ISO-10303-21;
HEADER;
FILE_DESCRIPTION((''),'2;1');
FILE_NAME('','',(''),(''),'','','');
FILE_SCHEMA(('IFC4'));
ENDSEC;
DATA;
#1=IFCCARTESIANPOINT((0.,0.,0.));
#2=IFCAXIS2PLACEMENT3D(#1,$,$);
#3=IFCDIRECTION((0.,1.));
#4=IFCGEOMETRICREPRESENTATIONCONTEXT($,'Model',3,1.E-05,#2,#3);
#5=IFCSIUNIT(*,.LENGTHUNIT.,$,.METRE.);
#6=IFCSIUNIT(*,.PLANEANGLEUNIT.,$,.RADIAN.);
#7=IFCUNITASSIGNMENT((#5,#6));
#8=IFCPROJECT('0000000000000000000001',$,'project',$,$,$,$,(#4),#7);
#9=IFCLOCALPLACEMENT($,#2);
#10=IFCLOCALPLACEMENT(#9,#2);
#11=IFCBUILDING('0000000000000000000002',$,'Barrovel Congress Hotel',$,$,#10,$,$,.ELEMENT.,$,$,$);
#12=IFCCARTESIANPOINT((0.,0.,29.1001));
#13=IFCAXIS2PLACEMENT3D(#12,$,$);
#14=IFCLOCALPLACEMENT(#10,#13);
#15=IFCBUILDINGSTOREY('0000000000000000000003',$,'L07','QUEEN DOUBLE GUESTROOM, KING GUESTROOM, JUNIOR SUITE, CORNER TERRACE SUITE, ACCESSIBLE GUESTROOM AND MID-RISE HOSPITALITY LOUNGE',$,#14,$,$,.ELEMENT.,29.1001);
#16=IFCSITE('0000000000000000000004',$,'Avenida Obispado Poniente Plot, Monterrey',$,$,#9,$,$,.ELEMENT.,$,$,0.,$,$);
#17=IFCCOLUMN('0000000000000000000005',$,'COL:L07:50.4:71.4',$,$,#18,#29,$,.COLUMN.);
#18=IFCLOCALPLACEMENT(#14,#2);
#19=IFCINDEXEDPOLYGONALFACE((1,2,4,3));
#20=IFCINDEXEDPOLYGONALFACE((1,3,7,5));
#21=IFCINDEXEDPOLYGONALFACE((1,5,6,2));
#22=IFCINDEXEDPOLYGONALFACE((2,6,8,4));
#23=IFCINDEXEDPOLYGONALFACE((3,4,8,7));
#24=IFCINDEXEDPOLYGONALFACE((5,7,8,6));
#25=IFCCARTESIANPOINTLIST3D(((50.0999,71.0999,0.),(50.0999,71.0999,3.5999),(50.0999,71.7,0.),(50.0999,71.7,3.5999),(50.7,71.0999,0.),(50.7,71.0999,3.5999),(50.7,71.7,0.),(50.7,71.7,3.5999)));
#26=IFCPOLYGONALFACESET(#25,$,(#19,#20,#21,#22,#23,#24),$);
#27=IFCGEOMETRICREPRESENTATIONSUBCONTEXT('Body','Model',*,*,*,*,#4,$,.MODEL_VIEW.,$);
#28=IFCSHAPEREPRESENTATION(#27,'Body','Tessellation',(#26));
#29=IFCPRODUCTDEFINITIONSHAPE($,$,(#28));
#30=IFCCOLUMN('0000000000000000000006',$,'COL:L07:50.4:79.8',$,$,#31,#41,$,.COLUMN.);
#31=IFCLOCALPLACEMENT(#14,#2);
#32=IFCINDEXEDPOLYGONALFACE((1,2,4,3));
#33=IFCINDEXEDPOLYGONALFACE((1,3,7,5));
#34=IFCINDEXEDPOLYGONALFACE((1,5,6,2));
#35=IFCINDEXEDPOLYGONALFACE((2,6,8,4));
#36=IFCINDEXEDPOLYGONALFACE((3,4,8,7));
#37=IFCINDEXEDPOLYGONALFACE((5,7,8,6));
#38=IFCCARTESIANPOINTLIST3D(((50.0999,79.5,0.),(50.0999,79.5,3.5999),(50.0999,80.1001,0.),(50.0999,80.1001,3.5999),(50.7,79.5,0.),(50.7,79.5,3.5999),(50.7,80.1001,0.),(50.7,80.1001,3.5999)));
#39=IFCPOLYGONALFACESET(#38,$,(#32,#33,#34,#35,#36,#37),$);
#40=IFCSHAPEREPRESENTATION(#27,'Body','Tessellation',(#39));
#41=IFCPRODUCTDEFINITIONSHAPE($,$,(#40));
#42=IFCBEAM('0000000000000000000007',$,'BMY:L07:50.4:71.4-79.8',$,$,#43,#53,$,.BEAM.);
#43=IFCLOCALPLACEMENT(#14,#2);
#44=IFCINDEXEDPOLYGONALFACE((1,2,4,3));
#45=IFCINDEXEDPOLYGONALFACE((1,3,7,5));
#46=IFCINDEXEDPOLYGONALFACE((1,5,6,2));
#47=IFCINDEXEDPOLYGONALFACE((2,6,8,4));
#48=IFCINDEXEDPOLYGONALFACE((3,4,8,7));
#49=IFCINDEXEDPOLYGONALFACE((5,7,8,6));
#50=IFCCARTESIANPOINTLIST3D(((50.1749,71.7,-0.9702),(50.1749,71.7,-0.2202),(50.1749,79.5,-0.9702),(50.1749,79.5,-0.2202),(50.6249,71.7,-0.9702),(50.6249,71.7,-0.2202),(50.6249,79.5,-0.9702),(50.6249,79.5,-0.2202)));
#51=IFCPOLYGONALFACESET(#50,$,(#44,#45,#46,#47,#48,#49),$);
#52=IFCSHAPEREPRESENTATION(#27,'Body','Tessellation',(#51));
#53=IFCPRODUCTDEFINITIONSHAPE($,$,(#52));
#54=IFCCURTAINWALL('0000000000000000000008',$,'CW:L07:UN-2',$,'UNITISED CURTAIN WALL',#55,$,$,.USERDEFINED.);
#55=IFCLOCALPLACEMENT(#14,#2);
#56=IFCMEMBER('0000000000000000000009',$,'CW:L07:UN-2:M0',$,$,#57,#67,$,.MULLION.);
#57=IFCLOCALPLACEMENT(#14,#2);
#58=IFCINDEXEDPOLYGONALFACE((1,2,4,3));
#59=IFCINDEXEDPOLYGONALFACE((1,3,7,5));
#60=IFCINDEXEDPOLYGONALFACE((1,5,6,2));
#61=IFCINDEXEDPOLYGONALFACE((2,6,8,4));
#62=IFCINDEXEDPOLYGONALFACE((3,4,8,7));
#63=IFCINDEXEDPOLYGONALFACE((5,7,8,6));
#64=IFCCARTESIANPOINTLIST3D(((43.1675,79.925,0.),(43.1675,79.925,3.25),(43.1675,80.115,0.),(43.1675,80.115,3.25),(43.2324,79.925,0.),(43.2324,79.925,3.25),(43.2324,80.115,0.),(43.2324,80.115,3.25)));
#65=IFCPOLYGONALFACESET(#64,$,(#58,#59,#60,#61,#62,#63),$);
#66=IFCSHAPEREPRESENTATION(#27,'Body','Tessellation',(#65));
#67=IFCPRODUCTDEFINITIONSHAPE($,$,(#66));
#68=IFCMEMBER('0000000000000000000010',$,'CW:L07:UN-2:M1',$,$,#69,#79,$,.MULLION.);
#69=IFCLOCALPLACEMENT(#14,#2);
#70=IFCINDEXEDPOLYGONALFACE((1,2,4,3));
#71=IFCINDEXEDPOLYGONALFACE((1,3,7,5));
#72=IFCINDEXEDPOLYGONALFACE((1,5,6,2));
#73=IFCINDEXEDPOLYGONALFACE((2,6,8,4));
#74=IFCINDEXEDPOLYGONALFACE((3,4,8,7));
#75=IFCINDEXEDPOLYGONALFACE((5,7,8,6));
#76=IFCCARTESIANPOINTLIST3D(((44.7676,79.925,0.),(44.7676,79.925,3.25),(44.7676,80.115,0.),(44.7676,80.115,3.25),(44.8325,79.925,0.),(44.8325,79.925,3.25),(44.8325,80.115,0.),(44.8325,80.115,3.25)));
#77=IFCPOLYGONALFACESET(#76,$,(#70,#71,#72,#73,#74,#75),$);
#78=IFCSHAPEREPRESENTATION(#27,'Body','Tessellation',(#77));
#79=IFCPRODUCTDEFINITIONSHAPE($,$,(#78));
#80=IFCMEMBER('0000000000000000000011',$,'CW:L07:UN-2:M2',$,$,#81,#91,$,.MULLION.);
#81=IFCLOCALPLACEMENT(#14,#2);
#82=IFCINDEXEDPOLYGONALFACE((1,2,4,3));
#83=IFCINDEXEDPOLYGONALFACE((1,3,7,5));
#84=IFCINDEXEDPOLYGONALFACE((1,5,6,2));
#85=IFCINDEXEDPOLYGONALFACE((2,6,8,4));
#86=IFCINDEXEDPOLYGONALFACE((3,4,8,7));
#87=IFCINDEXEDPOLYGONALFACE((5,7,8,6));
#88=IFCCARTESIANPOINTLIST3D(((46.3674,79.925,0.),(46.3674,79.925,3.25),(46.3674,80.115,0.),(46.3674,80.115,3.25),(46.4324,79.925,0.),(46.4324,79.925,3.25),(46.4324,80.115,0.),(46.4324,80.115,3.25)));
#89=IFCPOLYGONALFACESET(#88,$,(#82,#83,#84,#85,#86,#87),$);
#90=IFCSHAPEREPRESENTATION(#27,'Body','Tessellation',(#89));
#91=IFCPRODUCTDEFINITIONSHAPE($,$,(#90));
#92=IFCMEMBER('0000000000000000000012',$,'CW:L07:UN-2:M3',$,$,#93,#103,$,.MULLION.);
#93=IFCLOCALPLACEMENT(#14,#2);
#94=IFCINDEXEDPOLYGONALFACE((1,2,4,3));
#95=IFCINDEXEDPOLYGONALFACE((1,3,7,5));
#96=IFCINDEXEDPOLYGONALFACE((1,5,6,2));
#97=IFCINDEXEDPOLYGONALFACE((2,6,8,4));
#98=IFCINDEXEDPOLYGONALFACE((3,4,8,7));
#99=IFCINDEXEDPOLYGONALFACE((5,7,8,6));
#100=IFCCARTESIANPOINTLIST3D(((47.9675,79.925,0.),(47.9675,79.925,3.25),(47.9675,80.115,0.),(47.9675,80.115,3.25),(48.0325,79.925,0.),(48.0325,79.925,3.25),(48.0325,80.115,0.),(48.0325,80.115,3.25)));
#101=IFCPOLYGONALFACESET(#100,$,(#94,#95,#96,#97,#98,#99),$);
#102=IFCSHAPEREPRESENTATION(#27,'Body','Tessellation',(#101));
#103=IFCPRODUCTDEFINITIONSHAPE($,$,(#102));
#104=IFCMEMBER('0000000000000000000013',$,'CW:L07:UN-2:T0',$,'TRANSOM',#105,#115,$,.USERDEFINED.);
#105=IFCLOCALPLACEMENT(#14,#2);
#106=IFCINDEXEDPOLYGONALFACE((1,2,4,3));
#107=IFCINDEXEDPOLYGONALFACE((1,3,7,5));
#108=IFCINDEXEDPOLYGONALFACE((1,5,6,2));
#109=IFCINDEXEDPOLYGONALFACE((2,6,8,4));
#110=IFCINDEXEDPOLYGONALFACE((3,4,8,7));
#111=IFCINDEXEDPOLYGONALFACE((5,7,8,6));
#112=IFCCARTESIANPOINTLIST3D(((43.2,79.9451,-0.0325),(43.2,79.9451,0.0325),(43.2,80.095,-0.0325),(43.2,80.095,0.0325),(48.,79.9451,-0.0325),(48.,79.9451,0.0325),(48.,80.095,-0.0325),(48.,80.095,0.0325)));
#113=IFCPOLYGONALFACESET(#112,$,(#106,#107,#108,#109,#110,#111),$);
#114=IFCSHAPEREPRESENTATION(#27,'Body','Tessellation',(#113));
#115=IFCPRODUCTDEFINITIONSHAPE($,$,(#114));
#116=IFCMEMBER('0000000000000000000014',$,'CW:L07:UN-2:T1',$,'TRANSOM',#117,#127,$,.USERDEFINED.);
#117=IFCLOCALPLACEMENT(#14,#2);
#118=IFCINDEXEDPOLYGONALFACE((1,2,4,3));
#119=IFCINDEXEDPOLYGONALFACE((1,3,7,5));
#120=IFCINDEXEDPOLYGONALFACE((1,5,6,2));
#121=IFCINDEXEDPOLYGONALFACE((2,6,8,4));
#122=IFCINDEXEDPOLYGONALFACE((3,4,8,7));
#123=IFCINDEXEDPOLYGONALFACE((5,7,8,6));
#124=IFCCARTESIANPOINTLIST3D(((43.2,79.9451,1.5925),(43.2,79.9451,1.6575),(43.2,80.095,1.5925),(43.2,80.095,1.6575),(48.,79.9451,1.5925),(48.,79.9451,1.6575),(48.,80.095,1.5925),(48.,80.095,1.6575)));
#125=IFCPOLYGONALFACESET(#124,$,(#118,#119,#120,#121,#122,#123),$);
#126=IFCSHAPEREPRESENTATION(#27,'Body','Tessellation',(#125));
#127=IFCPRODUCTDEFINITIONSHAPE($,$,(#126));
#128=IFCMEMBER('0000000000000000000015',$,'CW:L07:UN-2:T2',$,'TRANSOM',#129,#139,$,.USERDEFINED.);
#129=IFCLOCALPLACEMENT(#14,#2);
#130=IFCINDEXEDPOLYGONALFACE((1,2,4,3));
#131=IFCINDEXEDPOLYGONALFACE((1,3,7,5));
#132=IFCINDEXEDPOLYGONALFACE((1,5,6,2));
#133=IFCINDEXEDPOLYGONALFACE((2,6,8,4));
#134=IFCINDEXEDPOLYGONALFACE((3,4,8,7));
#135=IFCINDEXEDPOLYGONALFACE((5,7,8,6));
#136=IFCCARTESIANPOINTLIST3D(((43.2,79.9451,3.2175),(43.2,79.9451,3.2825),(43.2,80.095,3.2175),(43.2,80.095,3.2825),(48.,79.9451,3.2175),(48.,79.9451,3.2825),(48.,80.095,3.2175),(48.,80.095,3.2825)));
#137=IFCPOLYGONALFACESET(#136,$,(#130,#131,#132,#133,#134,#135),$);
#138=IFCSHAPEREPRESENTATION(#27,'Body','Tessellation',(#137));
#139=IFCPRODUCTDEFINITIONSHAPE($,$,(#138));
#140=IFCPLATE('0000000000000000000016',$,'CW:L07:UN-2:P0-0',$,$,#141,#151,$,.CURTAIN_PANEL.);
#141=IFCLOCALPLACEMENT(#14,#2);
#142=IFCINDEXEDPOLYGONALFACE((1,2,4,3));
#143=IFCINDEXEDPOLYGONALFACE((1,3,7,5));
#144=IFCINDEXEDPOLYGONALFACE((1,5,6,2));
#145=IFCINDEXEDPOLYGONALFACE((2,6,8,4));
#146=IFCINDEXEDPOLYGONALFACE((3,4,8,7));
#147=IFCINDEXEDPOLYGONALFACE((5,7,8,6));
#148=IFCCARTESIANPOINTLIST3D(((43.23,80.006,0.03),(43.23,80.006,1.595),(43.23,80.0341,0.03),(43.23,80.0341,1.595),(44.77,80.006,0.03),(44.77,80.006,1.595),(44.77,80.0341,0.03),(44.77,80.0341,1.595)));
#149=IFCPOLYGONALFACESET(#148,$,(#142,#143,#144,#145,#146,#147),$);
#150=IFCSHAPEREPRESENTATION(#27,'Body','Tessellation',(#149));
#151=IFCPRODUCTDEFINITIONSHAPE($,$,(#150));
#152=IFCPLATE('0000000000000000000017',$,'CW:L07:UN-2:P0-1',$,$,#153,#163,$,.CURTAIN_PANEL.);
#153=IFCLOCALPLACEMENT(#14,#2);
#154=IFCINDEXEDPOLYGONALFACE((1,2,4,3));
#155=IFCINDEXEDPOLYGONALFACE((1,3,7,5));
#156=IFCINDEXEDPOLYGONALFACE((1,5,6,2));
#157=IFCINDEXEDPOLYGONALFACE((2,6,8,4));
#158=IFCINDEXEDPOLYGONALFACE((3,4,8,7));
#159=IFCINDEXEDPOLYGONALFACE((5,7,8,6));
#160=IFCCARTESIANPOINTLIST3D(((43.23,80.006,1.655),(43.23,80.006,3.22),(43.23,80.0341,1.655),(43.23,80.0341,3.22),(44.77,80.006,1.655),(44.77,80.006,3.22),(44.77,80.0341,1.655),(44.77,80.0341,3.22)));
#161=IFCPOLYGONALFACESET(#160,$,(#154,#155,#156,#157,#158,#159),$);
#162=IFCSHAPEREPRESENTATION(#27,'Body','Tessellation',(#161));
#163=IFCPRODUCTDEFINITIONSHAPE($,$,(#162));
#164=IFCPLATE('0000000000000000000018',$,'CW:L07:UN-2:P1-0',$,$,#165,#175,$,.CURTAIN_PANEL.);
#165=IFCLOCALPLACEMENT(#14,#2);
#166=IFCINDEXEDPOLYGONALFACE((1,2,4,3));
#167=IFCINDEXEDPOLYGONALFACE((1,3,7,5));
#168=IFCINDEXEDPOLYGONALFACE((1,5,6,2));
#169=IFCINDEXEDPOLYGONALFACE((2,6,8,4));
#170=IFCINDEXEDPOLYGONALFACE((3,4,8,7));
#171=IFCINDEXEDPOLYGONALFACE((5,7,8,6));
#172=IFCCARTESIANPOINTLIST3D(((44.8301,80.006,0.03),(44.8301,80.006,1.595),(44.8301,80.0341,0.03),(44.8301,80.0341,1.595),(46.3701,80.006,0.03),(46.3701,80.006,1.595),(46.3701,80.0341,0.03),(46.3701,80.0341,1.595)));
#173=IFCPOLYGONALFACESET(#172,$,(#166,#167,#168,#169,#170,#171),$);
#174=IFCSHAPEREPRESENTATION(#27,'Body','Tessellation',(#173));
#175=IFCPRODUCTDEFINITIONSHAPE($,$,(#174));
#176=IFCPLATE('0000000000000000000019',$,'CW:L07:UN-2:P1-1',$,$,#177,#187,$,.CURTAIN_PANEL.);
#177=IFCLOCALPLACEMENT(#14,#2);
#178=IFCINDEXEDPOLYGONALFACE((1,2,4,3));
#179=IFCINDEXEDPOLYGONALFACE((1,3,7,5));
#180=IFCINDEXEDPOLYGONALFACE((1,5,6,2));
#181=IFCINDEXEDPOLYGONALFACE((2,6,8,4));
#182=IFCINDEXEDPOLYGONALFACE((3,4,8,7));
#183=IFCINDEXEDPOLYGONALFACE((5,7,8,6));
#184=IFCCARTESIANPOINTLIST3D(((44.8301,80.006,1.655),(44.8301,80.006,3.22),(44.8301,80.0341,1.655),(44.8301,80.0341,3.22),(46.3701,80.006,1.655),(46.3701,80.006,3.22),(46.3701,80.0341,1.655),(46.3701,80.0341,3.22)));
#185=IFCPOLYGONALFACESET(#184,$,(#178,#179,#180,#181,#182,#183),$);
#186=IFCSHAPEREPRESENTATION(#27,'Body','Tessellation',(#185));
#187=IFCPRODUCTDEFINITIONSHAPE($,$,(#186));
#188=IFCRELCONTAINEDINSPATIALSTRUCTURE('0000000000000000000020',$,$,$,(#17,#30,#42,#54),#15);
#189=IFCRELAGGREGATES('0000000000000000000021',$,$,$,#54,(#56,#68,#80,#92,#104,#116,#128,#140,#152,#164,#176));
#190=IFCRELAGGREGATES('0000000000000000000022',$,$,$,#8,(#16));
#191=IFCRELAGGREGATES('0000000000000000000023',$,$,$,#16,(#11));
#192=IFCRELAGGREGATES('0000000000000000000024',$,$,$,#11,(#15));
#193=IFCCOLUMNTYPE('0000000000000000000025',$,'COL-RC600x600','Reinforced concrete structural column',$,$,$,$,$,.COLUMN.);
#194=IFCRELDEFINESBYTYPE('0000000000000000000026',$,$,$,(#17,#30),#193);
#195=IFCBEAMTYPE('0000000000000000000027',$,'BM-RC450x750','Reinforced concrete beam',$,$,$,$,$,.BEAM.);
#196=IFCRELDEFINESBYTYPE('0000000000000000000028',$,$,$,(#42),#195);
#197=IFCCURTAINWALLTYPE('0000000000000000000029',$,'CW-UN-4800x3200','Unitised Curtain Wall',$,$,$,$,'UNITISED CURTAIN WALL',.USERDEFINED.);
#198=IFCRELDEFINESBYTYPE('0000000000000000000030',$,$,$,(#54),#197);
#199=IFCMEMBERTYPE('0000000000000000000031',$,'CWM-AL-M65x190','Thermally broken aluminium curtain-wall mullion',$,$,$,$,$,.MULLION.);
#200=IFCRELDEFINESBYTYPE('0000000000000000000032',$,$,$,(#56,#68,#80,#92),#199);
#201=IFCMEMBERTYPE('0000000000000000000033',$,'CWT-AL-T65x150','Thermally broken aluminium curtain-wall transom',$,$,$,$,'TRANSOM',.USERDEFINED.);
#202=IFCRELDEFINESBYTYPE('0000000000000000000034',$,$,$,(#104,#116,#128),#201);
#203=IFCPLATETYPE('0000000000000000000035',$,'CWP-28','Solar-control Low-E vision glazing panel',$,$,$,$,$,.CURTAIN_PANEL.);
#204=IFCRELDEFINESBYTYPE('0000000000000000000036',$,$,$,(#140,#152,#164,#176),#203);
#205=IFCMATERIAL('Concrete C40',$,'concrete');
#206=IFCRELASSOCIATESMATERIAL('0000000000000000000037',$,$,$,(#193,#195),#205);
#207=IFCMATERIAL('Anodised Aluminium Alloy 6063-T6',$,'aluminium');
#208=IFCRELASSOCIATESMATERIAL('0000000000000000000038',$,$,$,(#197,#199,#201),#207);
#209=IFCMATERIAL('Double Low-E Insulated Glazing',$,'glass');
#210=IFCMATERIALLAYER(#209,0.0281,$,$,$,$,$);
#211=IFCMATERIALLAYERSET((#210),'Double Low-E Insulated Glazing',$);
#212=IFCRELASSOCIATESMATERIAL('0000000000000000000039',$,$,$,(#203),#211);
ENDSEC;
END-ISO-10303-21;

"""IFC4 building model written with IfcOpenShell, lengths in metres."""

from ifc_helpers import new_model, si_unit, direction, frame, origin, origin_2d, place, context, subcontext, project, spatial, rectangle, extrude, material, layer, layer_set, material_profile, profile_set, type_object, element, aggregate, save


model = new_model("IFC4")

# Units and contexts
model_context = context("Model", 3, precision=1e-05, world=origin(), true_north=direction((0.0, 1.0)))
body_context = subcontext(model_context, "Body", "Model", "MODEL_VIEW")
ifc_project = project(units=[si_unit("LENGTHUNIT", "METRE"), si_unit("PLANEANGLEUNIT", "RADIAN")], contexts=[model_context])

# Site, building, storey
site_placement = place(None, origin())
site = spatial("IfcSite", under=ifc_project, at=site_placement, Name="Avenida Obispado Poniente Plot, Monterrey", CompositionType="ELEMENT", RefElevation=0.0)
building_placement = place(site_placement, origin())
building = spatial("IfcBuilding", under=site, at=building_placement, Name="Barrovel Congress Hotel", CompositionType="ELEMENT")
storey_placement = place(building_placement, frame((0.0, 0.0, 29.1001)))
storey = spatial("IfcBuildingStorey", under=building, at=storey_placement, Name="L07", Description="QUEEN DOUBLE GUESTROOM, KING GUESTROOM, JUNIOR SUITE, CORNER TERRACE SUITE, ACCESSIBLE GUESTROOM AND MID-RISE HOSPITALITY LOUNGE", CompositionType="ELEMENT", Elevation=29.1001)

# Columns
ifc_material_1 = material(Name="Concrete C40", Category="concrete")
ifc_material_profile_1 = material_profile(ifc_material_1, rectangle(XDim=0.6001, YDim=0.6001, at=origin_2d()), Name="RC600x600")
ifc_profile_set_1 = profile_set([ifc_material_profile_1], Name="Concrete C40")
column_type = type_object("IfcColumnType", Name="COL-RC600x600", Description="Reinforced concrete structural column", PredefinedType="COLUMN", material=ifc_profile_set_1)
for number, where, z_axis, x_axis, name in (
    (1, (50.3999, 71.3999, 0.0), (0.0, 0.0, 1.0), (1.0, 0.0, 0.0), "COL:L07:50.4:71.4"),
    (2, (50.3999, 79.8, 0.0), (0.0, 0.0, 1.0), (1.0, 0.0, 0.0), "COL:L07:50.4:79.8"),
):
    element("IfcColumn", number, at=place(storey_placement, frame(where, z_axis=z_axis, x_axis=x_axis)), inside=storey, type_object=column_type, Name=name, PredefinedType="COLUMN", context=body_context, shape_type="SweptSolid", body=[
        extrude(rectangle(XDim=0.6001, YDim=0.6001, at=origin_2d()), origin(), (0.0, 0.0, 1.0), 3.5999),
    ])

# Beam
ifc_material_profile_2 = material_profile(ifc_material_1, rectangle(XDim=0.45, YDim=0.75, at=origin_2d()), Name="RC450x750")
ifc_profile_set_2 = profile_set([ifc_material_profile_2], Name="Concrete C40")
beam_type = type_object("IfcBeamType", Name="BM-RC450x750", Description="Reinforced concrete beam", PredefinedType="BEAM", material=ifc_profile_set_2)
beam_placement = place(storey_placement, frame((50.3999, 71.7, -0.5952), z_axis=(0.0, 1.0, 0.0), x_axis=(-1.0, 0.0, 0.0)))
element("IfcBeam", 3, at=beam_placement, inside=storey, type_object=beam_type, Name="BMY:L07:50.4:71.4-79.8", PredefinedType="BEAM", context=body_context, shape_type="SweptSolid", body=[
    extrude(rectangle(XDim=0.45, YDim=0.75, at=origin_2d()), origin(), (0.0, 0.0, 1.0), 7.8),
])

# Curtain wall, members, plates
ifc_material_2 = material(Name="Anodised Aluminium Alloy 6063-T6", Category="aluminium")
curtain_wall_type = type_object("IfcCurtainWallType", Name="CW-UN-4800x3200", Description="Unitised Curtain Wall", ElementType="UNITISED CURTAIN WALL", PredefinedType="USERDEFINED", material=ifc_material_2)
curtain_wall_placement = place(storey_placement, origin())
curtain_wall = element("IfcCurtainWall", 4, at=curtain_wall_placement, inside=storey, type_object=curtain_wall_type, Name="CW:L07:UN-2", ObjectType="UNITISED CURTAIN WALL", PredefinedType="USERDEFINED")
ifc_material_profile_3 = material_profile(ifc_material_2, rectangle(XDim=0.0649, YDim=0.1899, at=origin_2d()), Name="AL-M65x190")
ifc_profile_set_3 = profile_set([ifc_material_profile_3], Name="Anodised Aluminium Alloy 6063-T6")
member_type_1 = type_object("IfcMemberType", Name="CWM-AL-M65x190", Description="Thermally broken aluminium curtain-wall mullion", PredefinedType="MULLION", material=ifc_profile_set_3)
member_1_placement = place(storey_placement, frame((43.2, 80.02, 0.0), z_axis=(0.0, 0.0, 1.0), x_axis=(1.0, 0.0, 0.0)))
member_1 = element("IfcMember", 5, at=member_1_placement, type_object=member_type_1, Name="CW:L07:UN-2:M0", PredefinedType="MULLION", context=body_context, shape_type="SweptSolid", body=[
    extrude(rectangle(XDim=0.0649, YDim=0.1899, at=origin_2d()), origin(), (0.0, 0.0, 1.0), 3.25),
])
member_2_placement = place(storey_placement, frame((44.8, 80.02, 0.0), z_axis=(0.0, 0.0, 1.0), x_axis=(1.0, 0.0, 0.0)))
member_2 = element("IfcMember", 6, at=member_2_placement, type_object=member_type_1, Name="CW:L07:UN-2:M1", PredefinedType="MULLION", context=body_context, shape_type="SweptSolid", body=[
    extrude(rectangle(XDim=0.0649, YDim=0.1899, at=origin_2d()), origin(), (0.0, 0.0, 1.0), 3.25),
])
member_3_placement = place(storey_placement, frame((46.3999, 80.02, 0.0), z_axis=(0.0, 0.0, 1.0), x_axis=(1.0, 0.0, 0.0)))
member_3 = element("IfcMember", 7, at=member_3_placement, type_object=member_type_1, Name="CW:L07:UN-2:M2", PredefinedType="MULLION", context=body_context, shape_type="SweptSolid", body=[
    extrude(rectangle(XDim=0.0649, YDim=0.1899, at=origin_2d()), origin(), (0.0, 0.0, 1.0), 3.25),
])
member_4_placement = place(storey_placement, frame((48.0, 80.02, 0.0), z_axis=(0.0, 0.0, 1.0), x_axis=(1.0, 0.0, 0.0)))
member_4 = element("IfcMember", 8, at=member_4_placement, type_object=member_type_1, Name="CW:L07:UN-2:M3", PredefinedType="MULLION", context=body_context, shape_type="SweptSolid", body=[
    extrude(rectangle(XDim=0.0649, YDim=0.1899, at=origin_2d()), origin(), (0.0, 0.0, 1.0), 3.25),
])
ifc_material_profile_4 = material_profile(ifc_material_2, rectangle(XDim=0.1499, YDim=0.0649, at=origin_2d()), Name="AL-T65x150")
ifc_profile_set_4 = profile_set([ifc_material_profile_4], Name="Anodised Aluminium Alloy 6063-T6")
member_type_2 = type_object("IfcMemberType", Name="CWT-AL-T65x150", Description="Thermally broken aluminium curtain-wall transom", ElementType="TRANSOM", PredefinedType="USERDEFINED", material=ifc_profile_set_4)
member_5_placement = place(storey_placement, frame((43.2, 80.02, 0.0), z_axis=(1.0, 0.0, 0.0), x_axis=(0.0, 1.0, 0.0)))
member_5 = element("IfcMember", 9, at=member_5_placement, type_object=member_type_2, Name="CW:L07:UN-2:T0", ObjectType="TRANSOM", PredefinedType="USERDEFINED", context=body_context, shape_type="SweptSolid", body=[
    extrude(rectangle(XDim=0.1499, YDim=0.0649, at=origin_2d()), origin(), (0.0, 0.0, 1.0), 4.8),
])
member_6_placement = place(storey_placement, frame((43.2, 80.02, 1.625), z_axis=(1.0, 0.0, 0.0), x_axis=(0.0, 1.0, 0.0)))
member_6 = element("IfcMember", 10, at=member_6_placement, type_object=member_type_2, Name="CW:L07:UN-2:T1", ObjectType="TRANSOM", PredefinedType="USERDEFINED", context=body_context, shape_type="SweptSolid", body=[
    extrude(rectangle(XDim=0.1499, YDim=0.0649, at=origin_2d()), origin(), (0.0, 0.0, 1.0), 4.8),
])
member_7_placement = place(storey_placement, frame((43.2, 80.02, 3.25), z_axis=(1.0, 0.0, 0.0), x_axis=(0.0, 1.0, 0.0)))
member_7 = element("IfcMember", 11, at=member_7_placement, type_object=member_type_2, Name="CW:L07:UN-2:T2", ObjectType="TRANSOM", PredefinedType="USERDEFINED", context=body_context, shape_type="SweptSolid", body=[
    extrude(rectangle(XDim=0.1499, YDim=0.0649, at=origin_2d()), origin(), (0.0, 0.0, 1.0), 4.8),
])
ifc_material_3 = material(Name="Double Low-E Insulated Glazing", Category="glass")
ifc_layer_1 = layer(ifc_material_3, 0.0281)
ifc_layer_set_1 = layer_set([ifc_layer_1], Name="Double Low-E Insulated Glazing")
plate_type = type_object("IfcPlateType", Name="CWP-28", Description="Solar-control Low-E vision glazing panel", PredefinedType="CURTAIN_PANEL", material=ifc_layer_set_1)
plate_1_placement = place(storey_placement, frame((44.0, 80.02, 0.03), z_axis=(0.0, 0.0, 1.0), x_axis=(1.0, 0.0, 0.0)))
plate_1 = element("IfcPlate", 12, at=plate_1_placement, type_object=plate_type, Name="CW:L07:UN-2:P0-0", PredefinedType="CURTAIN_PANEL", context=body_context, shape_type="SweptSolid", body=[
    extrude(rectangle(XDim=1.54, YDim=0.0281, at=origin_2d()), origin(), (0.0, 0.0, 1.0), 1.5649),
])
plate_2_placement = place(storey_placement, frame((44.0, 80.02, 1.655), z_axis=(0.0, 0.0, 1.0), x_axis=(1.0, 0.0, 0.0)))
plate_2 = element("IfcPlate", 13, at=plate_2_placement, type_object=plate_type, Name="CW:L07:UN-2:P0-1", PredefinedType="CURTAIN_PANEL", context=body_context, shape_type="SweptSolid", body=[
    extrude(rectangle(XDim=1.54, YDim=0.0281, at=origin_2d()), origin(), (0.0, 0.0, 1.0), 1.5649),
])
plate_3_placement = place(storey_placement, frame((45.6001, 80.02, 0.03), z_axis=(0.0, 0.0, 1.0), x_axis=(1.0, 0.0, 0.0)))
plate_3 = element("IfcPlate", 14, at=plate_3_placement, type_object=plate_type, Name="CW:L07:UN-2:P1-0", PredefinedType="CURTAIN_PANEL", context=body_context, shape_type="SweptSolid", body=[
    extrude(rectangle(XDim=1.54, YDim=0.0281, at=origin_2d()), origin(), (0.0, 0.0, 1.0), 1.5649),
])
plate_4_placement = place(storey_placement, frame((45.6001, 80.02, 1.655), z_axis=(0.0, 0.0, 1.0), x_axis=(1.0, 0.0, 0.0)))
plate_4 = element("IfcPlate", 15, at=plate_4_placement, type_object=plate_type, Name="CW:L07:UN-2:P1-1", PredefinedType="CURTAIN_PANEL", context=body_context, shape_type="SweptSolid", body=[
    extrude(rectangle(XDim=1.54, YDim=0.0281, at=origin_2d()), origin(), (0.0, 0.0, 1.0), 1.5649),
])
aggregate(curtain_wall, [member_1, member_2, member_3, member_4, member_5, member_6, member_7, plate_1, plate_2, plate_3, plate_4])

save(model, "model.ifc")
